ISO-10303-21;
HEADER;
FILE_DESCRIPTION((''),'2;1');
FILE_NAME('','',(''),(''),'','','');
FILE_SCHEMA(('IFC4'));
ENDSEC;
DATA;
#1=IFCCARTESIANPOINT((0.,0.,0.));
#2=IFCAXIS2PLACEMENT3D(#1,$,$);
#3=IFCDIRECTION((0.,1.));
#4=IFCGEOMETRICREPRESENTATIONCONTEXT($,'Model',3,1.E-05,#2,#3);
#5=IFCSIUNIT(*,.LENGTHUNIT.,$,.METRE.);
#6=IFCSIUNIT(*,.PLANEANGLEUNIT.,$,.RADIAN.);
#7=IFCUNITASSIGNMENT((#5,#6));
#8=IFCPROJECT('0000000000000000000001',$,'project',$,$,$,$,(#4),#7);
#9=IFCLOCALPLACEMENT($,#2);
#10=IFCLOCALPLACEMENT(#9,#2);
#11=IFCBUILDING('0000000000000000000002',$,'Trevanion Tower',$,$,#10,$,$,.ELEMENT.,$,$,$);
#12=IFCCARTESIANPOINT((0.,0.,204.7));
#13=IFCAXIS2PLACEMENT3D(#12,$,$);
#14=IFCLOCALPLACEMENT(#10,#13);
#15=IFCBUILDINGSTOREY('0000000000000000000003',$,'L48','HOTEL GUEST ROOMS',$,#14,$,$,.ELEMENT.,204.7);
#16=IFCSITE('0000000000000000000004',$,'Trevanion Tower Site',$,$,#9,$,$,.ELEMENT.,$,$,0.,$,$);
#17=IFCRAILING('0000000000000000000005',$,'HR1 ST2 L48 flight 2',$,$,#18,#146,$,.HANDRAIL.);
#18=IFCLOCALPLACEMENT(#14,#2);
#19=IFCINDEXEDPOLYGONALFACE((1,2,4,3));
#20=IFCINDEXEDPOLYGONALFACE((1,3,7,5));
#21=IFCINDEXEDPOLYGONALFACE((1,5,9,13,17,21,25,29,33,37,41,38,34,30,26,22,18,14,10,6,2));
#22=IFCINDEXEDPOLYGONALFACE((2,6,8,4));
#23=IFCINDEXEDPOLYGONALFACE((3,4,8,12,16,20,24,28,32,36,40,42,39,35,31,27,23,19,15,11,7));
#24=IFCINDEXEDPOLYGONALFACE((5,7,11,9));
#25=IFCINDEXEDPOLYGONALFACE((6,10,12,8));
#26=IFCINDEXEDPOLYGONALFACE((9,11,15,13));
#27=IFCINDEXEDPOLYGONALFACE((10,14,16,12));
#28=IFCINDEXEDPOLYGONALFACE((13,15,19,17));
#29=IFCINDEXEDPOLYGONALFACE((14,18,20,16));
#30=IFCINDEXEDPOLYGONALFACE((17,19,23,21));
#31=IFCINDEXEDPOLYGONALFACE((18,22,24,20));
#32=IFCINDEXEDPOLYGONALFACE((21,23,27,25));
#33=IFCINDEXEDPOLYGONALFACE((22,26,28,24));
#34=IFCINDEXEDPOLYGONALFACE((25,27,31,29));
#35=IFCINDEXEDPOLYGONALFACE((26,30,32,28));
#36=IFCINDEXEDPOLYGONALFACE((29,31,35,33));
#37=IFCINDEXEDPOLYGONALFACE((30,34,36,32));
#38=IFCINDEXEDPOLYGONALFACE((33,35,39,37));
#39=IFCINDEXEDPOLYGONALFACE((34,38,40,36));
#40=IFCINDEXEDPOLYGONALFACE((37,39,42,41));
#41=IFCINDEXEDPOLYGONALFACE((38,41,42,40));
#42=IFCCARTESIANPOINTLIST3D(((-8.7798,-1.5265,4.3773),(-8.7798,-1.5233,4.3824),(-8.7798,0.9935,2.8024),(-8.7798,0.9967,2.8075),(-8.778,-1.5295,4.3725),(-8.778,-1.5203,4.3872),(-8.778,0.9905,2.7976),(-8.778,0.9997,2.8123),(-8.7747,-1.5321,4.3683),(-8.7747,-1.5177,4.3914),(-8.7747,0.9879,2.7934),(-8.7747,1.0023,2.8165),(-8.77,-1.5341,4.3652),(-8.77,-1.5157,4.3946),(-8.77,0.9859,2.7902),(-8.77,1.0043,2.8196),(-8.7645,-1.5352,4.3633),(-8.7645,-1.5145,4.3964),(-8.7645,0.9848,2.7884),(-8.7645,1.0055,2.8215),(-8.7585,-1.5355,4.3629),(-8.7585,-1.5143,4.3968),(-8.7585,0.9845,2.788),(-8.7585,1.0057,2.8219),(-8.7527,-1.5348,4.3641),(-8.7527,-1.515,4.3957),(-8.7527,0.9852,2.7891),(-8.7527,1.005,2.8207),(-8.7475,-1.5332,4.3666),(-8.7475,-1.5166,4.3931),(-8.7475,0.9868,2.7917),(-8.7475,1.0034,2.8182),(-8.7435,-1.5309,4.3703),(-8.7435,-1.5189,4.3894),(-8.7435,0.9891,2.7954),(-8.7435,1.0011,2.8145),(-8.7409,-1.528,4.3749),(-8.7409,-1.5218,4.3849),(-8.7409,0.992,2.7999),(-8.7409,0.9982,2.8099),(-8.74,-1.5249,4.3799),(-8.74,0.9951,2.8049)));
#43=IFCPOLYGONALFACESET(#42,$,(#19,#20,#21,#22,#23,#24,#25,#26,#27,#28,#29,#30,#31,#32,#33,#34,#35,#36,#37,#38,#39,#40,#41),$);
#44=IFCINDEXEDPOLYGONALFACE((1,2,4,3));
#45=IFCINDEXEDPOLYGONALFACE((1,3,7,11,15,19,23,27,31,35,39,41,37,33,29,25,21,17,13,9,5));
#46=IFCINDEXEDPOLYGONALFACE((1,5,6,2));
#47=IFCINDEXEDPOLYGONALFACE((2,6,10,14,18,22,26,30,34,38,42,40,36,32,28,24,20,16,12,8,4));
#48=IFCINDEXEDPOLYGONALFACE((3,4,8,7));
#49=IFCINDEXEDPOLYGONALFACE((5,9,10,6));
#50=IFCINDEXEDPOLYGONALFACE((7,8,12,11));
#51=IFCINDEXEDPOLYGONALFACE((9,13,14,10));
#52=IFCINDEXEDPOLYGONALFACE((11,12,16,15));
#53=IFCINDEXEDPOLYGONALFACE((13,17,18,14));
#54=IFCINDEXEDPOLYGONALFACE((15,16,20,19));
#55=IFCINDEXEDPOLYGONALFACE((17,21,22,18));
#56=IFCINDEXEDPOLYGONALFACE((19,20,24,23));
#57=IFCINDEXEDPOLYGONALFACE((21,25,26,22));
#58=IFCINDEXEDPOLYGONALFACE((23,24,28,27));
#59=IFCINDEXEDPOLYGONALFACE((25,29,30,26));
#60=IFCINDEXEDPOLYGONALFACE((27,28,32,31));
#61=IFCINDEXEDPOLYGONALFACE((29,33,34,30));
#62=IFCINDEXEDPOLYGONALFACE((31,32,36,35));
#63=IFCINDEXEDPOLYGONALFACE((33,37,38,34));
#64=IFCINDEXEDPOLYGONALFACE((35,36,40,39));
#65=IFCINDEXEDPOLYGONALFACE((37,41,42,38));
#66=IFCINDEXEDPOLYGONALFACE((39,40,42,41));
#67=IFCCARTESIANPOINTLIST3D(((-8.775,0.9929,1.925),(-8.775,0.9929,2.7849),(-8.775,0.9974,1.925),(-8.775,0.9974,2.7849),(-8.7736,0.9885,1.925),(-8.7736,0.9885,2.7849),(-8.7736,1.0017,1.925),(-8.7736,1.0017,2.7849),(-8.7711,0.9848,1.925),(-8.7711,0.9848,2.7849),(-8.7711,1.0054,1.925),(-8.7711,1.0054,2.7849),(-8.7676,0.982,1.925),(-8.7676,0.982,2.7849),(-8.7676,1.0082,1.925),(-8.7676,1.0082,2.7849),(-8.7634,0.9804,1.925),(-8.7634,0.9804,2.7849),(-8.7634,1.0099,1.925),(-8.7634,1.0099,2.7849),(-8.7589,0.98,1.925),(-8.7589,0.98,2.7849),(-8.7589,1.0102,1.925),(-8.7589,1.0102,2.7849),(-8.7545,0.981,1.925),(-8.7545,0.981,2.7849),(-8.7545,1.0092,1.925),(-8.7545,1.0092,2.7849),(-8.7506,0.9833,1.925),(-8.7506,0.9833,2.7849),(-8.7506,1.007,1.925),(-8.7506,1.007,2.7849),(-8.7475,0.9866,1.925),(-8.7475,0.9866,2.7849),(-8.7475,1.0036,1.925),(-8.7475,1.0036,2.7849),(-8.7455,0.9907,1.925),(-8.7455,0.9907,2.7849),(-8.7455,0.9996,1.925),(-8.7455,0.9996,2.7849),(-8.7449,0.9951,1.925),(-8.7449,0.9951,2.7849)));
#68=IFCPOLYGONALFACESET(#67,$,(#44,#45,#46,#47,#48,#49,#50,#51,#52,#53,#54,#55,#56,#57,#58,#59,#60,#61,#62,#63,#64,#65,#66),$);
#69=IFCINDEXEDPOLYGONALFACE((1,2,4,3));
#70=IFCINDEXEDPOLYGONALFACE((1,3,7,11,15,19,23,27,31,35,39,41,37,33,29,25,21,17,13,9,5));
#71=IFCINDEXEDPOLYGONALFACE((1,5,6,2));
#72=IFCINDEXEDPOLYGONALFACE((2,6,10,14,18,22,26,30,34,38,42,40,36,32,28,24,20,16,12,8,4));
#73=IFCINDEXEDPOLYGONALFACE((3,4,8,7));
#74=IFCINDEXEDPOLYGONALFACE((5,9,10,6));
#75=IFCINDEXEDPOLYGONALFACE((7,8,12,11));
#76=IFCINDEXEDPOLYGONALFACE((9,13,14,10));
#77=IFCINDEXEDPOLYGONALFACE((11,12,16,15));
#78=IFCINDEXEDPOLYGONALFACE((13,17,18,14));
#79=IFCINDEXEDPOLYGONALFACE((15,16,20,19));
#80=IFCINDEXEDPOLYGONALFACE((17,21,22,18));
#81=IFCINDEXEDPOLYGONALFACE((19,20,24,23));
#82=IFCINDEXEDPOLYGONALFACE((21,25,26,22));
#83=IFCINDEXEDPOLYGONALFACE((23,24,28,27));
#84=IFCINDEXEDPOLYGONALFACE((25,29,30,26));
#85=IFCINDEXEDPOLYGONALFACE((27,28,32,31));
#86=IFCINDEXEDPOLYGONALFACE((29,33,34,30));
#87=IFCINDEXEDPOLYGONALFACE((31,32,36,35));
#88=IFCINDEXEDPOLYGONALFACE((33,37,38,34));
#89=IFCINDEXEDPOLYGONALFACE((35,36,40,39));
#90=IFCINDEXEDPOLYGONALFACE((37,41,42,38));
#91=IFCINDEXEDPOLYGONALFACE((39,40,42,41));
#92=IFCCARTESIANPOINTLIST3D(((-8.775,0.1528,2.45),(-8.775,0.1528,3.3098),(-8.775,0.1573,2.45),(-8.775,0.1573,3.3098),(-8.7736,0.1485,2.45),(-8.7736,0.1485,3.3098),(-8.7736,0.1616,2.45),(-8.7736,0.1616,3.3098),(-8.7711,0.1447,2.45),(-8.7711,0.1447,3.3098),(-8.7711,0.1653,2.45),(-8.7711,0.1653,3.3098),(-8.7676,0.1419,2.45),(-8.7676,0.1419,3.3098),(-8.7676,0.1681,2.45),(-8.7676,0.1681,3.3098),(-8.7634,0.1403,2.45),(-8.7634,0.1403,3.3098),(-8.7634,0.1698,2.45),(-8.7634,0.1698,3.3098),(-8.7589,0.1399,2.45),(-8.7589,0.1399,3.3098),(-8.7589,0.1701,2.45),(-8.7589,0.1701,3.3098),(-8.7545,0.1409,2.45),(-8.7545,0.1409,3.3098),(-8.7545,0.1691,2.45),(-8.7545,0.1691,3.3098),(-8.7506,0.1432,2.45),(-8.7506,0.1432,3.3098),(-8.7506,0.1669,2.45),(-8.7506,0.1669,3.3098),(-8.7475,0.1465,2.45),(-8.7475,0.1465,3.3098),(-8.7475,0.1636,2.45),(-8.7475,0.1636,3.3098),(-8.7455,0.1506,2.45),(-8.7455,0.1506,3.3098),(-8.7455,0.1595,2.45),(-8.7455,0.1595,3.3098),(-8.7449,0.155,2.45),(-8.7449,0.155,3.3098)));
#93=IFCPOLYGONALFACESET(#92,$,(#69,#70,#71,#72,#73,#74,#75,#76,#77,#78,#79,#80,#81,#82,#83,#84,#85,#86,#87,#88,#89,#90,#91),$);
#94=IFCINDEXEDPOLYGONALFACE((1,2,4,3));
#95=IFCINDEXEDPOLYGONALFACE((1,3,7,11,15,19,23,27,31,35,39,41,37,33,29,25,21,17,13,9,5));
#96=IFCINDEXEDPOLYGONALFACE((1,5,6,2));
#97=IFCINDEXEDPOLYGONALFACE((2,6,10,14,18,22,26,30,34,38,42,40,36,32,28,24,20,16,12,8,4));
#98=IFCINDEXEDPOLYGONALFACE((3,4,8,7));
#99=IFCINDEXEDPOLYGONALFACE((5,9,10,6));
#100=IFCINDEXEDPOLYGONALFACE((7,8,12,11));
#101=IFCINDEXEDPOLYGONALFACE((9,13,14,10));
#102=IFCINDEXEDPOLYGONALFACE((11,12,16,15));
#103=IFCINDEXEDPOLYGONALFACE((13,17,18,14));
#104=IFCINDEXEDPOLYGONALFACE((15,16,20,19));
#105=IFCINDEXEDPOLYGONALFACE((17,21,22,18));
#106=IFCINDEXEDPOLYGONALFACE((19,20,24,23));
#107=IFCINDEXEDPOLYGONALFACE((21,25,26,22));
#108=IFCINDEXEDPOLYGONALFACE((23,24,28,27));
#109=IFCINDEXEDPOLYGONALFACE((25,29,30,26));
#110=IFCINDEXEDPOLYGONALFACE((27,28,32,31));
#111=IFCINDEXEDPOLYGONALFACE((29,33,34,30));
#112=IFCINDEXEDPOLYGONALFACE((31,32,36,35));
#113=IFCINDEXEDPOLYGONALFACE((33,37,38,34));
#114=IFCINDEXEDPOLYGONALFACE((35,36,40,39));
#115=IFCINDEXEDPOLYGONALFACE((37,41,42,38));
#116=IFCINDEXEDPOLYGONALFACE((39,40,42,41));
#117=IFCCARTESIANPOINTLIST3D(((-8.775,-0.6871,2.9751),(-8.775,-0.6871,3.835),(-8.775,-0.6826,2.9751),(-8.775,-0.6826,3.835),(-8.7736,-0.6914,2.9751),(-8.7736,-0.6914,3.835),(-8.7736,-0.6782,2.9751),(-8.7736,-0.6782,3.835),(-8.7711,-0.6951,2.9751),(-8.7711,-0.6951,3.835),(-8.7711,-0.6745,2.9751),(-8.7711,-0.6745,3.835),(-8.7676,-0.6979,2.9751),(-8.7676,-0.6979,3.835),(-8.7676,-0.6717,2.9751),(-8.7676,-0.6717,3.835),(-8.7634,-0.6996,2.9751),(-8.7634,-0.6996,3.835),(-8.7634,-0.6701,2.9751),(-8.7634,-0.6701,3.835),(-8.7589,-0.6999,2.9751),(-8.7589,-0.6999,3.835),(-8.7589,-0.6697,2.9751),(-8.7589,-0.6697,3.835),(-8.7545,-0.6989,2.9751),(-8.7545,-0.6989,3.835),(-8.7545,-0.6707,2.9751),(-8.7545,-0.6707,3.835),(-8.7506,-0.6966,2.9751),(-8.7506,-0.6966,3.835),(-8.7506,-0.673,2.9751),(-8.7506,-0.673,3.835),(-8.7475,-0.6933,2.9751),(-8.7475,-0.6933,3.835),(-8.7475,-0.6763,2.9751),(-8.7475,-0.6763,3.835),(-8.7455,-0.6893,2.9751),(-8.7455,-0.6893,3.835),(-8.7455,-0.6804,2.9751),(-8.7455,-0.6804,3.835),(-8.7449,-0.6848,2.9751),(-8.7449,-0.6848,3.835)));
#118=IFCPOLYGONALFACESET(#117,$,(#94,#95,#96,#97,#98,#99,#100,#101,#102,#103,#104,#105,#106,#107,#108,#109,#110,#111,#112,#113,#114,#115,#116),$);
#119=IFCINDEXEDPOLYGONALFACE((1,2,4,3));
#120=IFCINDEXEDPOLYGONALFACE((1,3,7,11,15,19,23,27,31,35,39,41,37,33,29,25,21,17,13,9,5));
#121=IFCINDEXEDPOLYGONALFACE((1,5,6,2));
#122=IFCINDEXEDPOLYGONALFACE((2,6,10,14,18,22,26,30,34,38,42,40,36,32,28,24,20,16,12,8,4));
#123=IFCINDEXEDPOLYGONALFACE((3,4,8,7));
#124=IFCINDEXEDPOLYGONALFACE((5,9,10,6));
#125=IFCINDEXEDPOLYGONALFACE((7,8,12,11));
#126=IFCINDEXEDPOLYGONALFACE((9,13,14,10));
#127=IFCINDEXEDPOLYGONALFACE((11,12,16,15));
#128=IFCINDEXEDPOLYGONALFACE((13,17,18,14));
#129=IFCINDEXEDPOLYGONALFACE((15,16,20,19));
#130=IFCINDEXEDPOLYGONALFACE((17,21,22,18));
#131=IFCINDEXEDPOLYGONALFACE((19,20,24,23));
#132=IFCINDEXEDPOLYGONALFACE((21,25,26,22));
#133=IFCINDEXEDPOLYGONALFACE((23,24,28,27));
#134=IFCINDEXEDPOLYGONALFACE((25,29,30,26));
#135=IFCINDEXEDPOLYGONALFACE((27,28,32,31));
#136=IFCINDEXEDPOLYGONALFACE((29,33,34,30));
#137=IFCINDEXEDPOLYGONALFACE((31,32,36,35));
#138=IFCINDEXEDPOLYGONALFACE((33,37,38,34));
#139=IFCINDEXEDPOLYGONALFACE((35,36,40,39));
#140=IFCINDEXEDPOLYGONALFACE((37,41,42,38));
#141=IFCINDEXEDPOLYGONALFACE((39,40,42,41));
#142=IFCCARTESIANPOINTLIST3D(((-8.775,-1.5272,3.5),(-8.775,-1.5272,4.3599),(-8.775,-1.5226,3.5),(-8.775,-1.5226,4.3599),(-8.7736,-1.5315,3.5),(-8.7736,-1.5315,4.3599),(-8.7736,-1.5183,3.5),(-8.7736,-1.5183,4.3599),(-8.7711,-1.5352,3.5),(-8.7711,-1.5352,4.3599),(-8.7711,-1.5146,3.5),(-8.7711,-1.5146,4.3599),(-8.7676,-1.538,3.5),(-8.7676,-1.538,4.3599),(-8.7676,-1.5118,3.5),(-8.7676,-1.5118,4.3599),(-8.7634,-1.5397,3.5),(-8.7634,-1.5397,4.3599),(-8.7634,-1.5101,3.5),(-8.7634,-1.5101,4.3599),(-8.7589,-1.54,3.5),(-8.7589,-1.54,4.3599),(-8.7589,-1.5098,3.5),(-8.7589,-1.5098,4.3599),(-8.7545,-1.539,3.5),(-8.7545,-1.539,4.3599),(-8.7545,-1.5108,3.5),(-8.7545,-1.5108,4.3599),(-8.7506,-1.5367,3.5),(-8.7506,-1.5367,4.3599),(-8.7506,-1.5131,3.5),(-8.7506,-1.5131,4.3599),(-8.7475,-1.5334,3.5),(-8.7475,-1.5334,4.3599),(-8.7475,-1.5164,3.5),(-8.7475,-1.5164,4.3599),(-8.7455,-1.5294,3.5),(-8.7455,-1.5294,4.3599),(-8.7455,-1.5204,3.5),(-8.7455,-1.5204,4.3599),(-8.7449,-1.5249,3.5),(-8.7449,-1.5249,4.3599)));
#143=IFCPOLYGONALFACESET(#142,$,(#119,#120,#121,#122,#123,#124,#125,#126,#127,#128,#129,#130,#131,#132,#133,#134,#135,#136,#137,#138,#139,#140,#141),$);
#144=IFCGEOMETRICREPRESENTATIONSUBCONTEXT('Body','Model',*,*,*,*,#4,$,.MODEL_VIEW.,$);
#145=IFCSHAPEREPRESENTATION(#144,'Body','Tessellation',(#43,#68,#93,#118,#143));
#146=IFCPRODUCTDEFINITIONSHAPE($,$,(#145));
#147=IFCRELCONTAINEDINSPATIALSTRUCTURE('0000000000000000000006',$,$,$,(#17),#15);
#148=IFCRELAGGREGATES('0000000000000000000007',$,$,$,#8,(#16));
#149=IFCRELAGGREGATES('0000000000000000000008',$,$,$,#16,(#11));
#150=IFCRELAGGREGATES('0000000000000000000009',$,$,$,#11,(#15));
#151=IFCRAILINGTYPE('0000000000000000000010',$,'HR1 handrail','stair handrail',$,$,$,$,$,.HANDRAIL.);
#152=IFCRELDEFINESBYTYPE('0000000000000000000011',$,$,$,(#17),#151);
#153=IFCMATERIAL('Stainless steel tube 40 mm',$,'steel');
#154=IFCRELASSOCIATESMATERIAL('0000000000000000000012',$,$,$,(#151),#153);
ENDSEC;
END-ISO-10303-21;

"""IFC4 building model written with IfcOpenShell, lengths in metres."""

from ifc_helpers import new_model, si_unit, direction, frame, origin, origin_2d, place, context, subcontext, project, spatial, circle, extrude, material, type_object, element, save


model = new_model("IFC4")

# Units and contexts
model_context = context("Model", 3, precision=1e-05, world=origin(), true_north=direction((0.0, 1.0)))
body_context = subcontext(model_context, "Body", "Model", "MODEL_VIEW")
ifc_project = project(units=[si_unit("LENGTHUNIT", "METRE"), si_unit("PLANEANGLEUNIT", "RADIAN")], contexts=[model_context])

# Site, building, storey
site_placement = place(None, origin())
site = spatial("IfcSite", under=ifc_project, at=site_placement, Name="Trevanion Tower Site", CompositionType="ELEMENT", RefElevation=0.0)
building_placement = place(site_placement, origin())
building = spatial("IfcBuilding", under=site, at=building_placement, Name="Trevanion Tower", CompositionType="ELEMENT")
storey_placement = place(building_placement, frame((0.0, 0.0, 204.7)))
storey = spatial("IfcBuildingStorey", under=building, at=storey_placement, Name="L48", Description="HOTEL GUEST ROOMS", CompositionType="ELEMENT", Elevation=204.7)

# Railing
ifc_material_1 = material(Name="Stainless steel tube 40 mm", Category="steel")
railing_type = type_object("IfcRailingType", Name="HR1 handrail", Description="stair handrail", PredefinedType="HANDRAIL", material=ifc_material_1)
for number, where, name in (
    (1, (-8.76, 0.9951, 1.925), "HR1 ST2 L48 flight 2"),
):
    element("IfcRailing", number, at=place(storey_placement, frame(where)), inside=storey, type_object=railing_type, Name=name, PredefinedType="HANDRAIL", context=body_context, shape_type="SweptSolid", body=[
        extrude(circle(Radius=0.02, at=origin_2d()), frame((0.0, 0.0, 0.8799), z_axis=(0.0, -0.848008, 0.529984), x_axis=(1.0, 0.0, 0.0)), (0.0, 0.0, 1.0), 2.9717),
        extrude(circle(Radius=0.0151, at=origin_2d()), origin(), (0.0, 0.0, 1.0), 0.8599),
        extrude(circle(Radius=0.0151, at=origin_2d()), frame((0.0, -0.8401, 0.5249)), (0.0, 0.0, 1.0), 0.8599),
        extrude(circle(Radius=0.0151, at=origin_2d()), frame((0.0, -1.6799, 1.05)), (0.0, 0.0, 1.0), 0.8599),
        extrude(circle(Radius=0.0151, at=origin_2d()), frame((0.0, -2.52, 1.575)), (0.0, 0.0, 1.0), 0.8599),
    ])

save(model, "model.ifc")
